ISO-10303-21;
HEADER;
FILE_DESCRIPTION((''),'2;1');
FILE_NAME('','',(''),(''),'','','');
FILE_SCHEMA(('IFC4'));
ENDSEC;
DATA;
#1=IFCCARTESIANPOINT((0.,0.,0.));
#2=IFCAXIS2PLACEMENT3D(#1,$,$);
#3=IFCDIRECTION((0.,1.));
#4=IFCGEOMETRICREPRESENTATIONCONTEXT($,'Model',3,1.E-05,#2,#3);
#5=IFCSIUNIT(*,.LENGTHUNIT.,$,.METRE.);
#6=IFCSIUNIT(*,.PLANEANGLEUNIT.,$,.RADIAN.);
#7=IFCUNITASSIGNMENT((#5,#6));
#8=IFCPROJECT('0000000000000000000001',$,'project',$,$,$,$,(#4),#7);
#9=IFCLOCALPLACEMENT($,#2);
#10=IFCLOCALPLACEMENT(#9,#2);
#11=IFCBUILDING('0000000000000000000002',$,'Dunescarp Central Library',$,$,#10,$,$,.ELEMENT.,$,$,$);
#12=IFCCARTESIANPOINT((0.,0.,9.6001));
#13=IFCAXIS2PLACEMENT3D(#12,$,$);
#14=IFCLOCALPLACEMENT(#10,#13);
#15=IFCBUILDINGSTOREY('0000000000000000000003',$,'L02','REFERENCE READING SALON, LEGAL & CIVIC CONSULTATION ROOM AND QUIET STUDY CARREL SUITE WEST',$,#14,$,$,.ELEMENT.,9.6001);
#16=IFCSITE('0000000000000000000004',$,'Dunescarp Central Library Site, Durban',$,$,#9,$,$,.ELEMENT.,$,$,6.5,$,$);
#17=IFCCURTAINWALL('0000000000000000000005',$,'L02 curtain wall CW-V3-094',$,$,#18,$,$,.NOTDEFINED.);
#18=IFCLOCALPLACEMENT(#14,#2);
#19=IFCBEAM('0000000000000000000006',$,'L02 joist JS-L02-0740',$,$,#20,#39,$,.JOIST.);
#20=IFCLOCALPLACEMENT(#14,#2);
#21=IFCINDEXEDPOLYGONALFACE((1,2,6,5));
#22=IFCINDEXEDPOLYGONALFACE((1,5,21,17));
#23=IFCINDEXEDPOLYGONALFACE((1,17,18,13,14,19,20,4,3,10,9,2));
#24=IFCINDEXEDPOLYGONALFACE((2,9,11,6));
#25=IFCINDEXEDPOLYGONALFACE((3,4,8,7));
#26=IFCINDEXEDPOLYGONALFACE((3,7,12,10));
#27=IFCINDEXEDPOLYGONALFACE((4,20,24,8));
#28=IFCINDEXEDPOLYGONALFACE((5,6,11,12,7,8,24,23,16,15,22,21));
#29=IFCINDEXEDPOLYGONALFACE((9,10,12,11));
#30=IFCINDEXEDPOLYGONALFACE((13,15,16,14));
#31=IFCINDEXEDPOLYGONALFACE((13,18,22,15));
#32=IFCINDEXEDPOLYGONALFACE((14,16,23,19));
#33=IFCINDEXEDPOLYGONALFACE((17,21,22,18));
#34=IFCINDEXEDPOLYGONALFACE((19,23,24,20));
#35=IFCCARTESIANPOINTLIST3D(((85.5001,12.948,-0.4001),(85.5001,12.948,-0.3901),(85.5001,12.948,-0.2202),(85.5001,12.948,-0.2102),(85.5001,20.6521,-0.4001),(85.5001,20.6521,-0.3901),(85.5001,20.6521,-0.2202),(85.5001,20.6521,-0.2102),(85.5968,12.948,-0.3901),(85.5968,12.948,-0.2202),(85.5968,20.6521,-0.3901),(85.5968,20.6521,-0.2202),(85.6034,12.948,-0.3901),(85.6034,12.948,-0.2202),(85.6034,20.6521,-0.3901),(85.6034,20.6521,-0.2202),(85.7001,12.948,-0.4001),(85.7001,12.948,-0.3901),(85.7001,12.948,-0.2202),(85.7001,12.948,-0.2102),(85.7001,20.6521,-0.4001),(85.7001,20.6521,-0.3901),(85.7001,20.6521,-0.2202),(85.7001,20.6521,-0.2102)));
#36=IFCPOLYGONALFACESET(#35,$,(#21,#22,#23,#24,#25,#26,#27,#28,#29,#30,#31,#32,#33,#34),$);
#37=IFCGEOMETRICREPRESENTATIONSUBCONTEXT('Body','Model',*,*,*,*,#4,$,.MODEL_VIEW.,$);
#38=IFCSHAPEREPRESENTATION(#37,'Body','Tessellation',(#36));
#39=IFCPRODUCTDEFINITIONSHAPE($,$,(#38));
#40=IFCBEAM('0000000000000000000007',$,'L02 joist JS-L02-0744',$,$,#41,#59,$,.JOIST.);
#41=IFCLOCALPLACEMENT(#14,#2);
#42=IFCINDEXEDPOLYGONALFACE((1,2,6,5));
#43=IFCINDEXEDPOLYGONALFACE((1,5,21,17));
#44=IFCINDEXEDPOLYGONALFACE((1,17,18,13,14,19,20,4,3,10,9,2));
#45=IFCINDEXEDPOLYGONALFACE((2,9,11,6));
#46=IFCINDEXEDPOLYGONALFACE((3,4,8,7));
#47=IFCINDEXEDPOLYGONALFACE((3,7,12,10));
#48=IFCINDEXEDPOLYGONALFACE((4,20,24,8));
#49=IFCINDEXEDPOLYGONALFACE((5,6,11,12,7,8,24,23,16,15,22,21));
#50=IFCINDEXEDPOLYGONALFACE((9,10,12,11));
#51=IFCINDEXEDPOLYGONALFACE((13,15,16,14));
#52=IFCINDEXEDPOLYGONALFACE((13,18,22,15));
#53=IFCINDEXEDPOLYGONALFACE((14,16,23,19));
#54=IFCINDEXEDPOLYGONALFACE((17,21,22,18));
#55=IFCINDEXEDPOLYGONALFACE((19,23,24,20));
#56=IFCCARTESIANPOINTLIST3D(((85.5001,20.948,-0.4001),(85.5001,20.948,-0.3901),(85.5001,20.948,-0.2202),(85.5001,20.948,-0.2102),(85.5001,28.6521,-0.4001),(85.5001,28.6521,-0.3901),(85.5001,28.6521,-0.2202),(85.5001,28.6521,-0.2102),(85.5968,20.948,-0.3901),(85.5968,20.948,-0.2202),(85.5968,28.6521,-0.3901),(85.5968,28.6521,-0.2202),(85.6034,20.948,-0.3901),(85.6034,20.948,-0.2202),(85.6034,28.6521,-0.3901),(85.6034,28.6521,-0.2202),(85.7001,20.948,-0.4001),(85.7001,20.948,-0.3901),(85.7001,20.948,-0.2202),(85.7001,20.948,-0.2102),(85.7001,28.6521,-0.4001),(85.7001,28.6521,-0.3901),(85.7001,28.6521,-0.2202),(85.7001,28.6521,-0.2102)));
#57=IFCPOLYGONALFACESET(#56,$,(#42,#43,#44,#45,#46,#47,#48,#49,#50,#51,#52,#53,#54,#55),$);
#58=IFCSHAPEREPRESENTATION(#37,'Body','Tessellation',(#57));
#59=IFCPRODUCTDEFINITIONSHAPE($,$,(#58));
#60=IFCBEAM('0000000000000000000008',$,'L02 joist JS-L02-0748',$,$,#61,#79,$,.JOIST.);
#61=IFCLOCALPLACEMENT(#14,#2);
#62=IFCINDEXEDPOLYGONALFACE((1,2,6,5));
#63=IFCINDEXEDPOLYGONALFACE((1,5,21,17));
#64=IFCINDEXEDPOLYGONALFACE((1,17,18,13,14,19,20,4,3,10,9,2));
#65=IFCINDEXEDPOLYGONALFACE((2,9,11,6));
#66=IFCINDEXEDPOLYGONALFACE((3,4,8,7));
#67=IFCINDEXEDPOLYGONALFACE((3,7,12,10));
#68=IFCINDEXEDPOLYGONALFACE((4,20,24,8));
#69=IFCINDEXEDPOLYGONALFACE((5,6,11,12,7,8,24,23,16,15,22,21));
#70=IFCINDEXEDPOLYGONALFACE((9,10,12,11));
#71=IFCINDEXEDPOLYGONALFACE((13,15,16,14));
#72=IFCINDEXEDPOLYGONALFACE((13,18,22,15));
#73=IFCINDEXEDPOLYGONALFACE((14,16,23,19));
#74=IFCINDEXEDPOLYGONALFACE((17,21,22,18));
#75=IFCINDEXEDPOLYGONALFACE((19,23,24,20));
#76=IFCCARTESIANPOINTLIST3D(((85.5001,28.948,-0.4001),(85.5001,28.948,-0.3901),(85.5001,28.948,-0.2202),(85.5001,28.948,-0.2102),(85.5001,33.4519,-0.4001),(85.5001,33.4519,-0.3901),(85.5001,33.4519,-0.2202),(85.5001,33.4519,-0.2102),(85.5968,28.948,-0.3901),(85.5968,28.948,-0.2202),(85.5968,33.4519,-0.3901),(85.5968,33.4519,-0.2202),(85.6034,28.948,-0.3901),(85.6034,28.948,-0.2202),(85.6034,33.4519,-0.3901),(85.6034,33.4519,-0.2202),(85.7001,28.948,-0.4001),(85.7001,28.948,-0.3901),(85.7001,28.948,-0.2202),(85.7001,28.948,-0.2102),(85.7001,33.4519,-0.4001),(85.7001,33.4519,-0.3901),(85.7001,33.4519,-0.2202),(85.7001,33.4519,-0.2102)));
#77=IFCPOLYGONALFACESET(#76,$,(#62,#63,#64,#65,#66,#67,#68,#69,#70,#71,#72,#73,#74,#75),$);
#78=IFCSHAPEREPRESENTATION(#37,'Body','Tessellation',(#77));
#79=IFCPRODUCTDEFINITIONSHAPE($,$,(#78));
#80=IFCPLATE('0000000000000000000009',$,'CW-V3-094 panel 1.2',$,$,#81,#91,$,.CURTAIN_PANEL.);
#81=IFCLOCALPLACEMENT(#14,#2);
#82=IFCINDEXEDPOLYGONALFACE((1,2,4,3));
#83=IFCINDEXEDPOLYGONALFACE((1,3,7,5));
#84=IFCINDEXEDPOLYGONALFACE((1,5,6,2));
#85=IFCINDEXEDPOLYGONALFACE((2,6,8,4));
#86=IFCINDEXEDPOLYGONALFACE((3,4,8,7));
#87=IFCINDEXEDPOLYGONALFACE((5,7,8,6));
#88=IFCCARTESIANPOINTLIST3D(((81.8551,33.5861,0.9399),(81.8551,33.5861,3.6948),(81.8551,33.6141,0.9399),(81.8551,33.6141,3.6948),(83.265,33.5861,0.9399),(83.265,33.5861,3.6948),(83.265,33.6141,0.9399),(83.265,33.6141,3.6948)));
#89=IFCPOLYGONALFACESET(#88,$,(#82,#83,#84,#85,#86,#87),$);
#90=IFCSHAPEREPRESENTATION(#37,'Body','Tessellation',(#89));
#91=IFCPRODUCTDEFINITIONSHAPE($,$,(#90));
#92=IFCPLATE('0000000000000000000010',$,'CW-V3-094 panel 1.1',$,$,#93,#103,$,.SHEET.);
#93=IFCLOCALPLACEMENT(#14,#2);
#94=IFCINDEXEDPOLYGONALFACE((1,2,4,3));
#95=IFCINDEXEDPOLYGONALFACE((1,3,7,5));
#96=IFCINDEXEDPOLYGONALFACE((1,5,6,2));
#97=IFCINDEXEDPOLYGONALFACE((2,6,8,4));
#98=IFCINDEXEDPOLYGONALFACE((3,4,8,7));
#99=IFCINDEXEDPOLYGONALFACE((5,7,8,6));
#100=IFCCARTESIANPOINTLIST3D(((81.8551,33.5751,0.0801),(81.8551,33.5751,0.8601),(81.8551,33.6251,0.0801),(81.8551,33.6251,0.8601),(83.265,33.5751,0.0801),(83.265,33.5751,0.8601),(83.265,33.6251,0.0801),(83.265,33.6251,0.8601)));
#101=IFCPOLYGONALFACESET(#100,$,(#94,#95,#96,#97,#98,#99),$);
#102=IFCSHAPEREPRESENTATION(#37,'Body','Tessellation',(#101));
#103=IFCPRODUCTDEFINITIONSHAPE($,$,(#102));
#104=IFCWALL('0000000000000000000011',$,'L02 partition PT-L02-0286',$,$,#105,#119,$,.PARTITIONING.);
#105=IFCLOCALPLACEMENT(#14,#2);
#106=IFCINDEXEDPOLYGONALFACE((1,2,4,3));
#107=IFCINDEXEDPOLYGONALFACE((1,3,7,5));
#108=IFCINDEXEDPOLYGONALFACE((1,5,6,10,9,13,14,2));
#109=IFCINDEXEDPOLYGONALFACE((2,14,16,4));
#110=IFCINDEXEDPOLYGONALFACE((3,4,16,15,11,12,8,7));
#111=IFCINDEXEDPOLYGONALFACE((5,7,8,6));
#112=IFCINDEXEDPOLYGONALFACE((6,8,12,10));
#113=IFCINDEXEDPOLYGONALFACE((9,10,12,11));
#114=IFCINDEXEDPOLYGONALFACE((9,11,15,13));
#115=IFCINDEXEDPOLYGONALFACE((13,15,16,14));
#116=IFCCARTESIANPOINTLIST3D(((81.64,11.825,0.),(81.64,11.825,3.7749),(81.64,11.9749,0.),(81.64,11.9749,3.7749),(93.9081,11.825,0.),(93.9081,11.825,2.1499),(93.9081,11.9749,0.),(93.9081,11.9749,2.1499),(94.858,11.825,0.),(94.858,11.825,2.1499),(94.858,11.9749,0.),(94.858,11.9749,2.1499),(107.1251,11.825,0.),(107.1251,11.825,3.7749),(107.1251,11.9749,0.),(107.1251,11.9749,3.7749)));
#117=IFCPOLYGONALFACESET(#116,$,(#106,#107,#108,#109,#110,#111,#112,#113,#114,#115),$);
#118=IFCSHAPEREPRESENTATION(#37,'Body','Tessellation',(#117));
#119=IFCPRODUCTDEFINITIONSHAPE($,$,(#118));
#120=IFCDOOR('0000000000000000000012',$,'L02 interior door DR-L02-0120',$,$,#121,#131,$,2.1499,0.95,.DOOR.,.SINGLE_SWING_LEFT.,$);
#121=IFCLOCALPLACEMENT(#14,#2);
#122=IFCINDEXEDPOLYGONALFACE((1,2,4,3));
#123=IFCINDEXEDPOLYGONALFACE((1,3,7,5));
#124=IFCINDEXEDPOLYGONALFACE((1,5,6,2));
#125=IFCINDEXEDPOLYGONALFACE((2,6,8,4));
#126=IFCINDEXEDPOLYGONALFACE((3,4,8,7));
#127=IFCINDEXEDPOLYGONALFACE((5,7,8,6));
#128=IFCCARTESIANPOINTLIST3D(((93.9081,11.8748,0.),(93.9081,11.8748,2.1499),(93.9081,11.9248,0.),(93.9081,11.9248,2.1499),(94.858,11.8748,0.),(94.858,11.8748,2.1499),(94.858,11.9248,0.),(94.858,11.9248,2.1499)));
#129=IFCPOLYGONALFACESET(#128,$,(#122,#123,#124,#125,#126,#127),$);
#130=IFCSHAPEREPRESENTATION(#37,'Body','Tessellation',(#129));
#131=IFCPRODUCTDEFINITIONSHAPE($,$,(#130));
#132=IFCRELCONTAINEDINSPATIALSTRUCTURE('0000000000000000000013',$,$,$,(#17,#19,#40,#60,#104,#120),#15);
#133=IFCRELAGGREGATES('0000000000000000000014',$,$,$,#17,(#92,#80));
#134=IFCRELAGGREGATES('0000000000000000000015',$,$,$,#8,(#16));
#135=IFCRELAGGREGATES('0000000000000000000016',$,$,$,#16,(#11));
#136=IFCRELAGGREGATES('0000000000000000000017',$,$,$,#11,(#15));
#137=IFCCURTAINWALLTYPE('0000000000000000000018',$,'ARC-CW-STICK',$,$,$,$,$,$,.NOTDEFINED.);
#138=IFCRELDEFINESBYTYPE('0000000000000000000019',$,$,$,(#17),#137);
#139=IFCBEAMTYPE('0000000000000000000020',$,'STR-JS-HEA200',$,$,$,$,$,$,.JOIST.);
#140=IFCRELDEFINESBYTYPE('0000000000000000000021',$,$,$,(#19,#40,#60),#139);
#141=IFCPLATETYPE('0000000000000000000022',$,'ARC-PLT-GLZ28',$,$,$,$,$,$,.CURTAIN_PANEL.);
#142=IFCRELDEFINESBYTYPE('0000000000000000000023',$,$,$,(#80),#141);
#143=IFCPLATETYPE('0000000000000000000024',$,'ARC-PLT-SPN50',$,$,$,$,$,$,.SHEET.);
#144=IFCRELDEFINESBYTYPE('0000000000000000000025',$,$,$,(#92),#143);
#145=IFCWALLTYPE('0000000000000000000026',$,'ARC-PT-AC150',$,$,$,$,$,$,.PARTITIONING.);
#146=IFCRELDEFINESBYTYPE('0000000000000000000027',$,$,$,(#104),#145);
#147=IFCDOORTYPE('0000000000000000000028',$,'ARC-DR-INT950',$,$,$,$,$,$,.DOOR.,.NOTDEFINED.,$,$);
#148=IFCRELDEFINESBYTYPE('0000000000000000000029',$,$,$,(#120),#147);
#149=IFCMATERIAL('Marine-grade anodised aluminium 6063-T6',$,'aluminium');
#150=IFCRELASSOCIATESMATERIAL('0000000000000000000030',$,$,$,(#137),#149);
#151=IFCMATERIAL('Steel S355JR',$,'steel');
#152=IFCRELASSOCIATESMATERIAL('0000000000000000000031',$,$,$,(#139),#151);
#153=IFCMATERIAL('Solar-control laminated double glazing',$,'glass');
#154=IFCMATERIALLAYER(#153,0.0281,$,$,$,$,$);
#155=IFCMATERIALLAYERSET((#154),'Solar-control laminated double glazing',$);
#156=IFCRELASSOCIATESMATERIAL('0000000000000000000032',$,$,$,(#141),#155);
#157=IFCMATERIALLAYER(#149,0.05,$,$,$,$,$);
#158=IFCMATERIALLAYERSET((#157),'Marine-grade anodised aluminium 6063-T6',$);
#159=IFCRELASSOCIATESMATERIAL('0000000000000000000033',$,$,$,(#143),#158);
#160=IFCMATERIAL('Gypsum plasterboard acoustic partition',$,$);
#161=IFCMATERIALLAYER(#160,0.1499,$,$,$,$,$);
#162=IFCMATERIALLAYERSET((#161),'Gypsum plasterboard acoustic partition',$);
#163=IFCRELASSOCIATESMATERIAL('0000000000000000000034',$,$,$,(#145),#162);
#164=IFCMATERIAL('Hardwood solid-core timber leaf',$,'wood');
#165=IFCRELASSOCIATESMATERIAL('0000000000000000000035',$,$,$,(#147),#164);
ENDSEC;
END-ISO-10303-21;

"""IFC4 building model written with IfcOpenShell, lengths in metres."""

from ifc_helpers import new_model, si_unit, direction, frame, frame_2d, origin, origin_2d, place, context, subcontext, project, spatial, rectangle, i_section, extrude, material, layer, layer_set, material_profile, profile_set, type_object, element, fill, aggregate, save


model = new_model("IFC4")

# Units and contexts
model_context = context("Model", 3, precision=1e-05, world=origin(), true_north=direction((0.0, 1.0)))
body_context = subcontext(model_context, "Body", "Model", "MODEL_VIEW")
ifc_project = project(units=[si_unit("LENGTHUNIT", "METRE"), si_unit("PLANEANGLEUNIT", "RADIAN")], contexts=[model_context])

# Site, building, storey
site_placement = place(None, origin())
site = spatial("IfcSite", under=ifc_project, at=site_placement, Name="Dunescarp Central Library Site, Durban", CompositionType="ELEMENT", RefElevation=6.5)
building_placement = place(site_placement, origin())
building = spatial("IfcBuilding", under=site, at=building_placement, Name="Dunescarp Central Library", CompositionType="ELEMENT")
storey_placement = place(building_placement, frame((0.0, 0.0, 9.6001)))
storey = spatial("IfcBuildingStorey", under=building, at=storey_placement, Name="L02", Description="REFERENCE READING SALON, LEGAL & CIVIC CONSULTATION ROOM AND QUIET STUDY CARREL SUITE WEST", CompositionType="ELEMENT", Elevation=9.6001)

# Shared definitions
ifc_material_1 = material(Name="Steel S355JR", Category="steel")

# Curtain wall
ifc_material_2 = material(Name="Marine-grade anodised aluminium 6063-T6", Category="aluminium")
curtain_wall_type = type_object("IfcCurtainWallType", Name="ARC-CW-STICK", PredefinedType="NOTDEFINED", material=ifc_material_2)
curtain_wall_placement = place(storey_placement, origin())
curtain_wall = element("IfcCurtainWall", 1, at=curtain_wall_placement, inside=storey, type_object=curtain_wall_type, Name="L02 curtain wall CW-V3-094", PredefinedType="NOTDEFINED")

# Beams
ifc_material_profile_1 = material_profile(ifc_material_1, i_section(OverallWidth=0.2, OverallDepth=0.1899, WebThickness=0.0066, FlangeThickness=0.01, at=origin_2d()), Name="HEA 200")
ifc_profile_set_1 = profile_set([ifc_material_profile_1], Name="Steel S355JR")
beam_type_1 = type_object("IfcBeamType", Name="STR-JS-HEA200", PredefinedType="JOIST", material=ifc_profile_set_1)
for number, where, z_axis, x_axis, name in (
    (2, (85.6001, 12.948, -0.3052), (0.0, 1.0, 0.0), (-1.0, 0.0, 0.0), "L02 joist JS-L02-0740"),
    (3, (85.6001, 20.948, -0.3052), (0.0, 1.0, 0.0), (-1.0, 0.0, 0.0), "L02 joist JS-L02-0744"),
):
    element("IfcBeam", number, at=place(storey_placement, frame(where, z_axis=z_axis, x_axis=x_axis)), inside=storey, type_object=beam_type_1, Name=name, PredefinedType="JOIST", context=body_context, shape_type="SweptSolid", body=[
        extrude(i_section(OverallWidth=0.2, OverallDepth=0.1899, WebThickness=0.0066, FlangeThickness=0.01, at=origin_2d()), origin(), (0.0, 0.0, 1.0), 7.7041),
    ])
beam_1_placement = place(storey_placement, frame((85.6001, 28.948, -0.3052), z_axis=(0.0, 1.0, 0.0), x_axis=(-1.0, 0.0, 0.0)))
element("IfcBeam", 4, at=beam_1_placement, inside=storey, type_object=beam_type_1, Name="L02 joist JS-L02-0748", PredefinedType="JOIST", context=body_context, shape_type="SweptSolid", body=[
    extrude(i_section(OverallWidth=0.2, OverallDepth=0.1899, WebThickness=0.0066, FlangeThickness=0.01, at=origin_2d()), origin(), (0.0, 0.0, 1.0), 4.5039),
])

# Plates
ifc_material_3 = material(Name="Solar-control laminated double glazing", Category="glass")
ifc_layer_1 = layer(ifc_material_3, 0.0281)
ifc_layer_set_1 = layer_set([ifc_layer_1], Name="Solar-control laminated double glazing")
plate_type_1 = type_object("IfcPlateType", Name="ARC-PLT-GLZ28", PredefinedType="CURTAIN_PANEL", material=ifc_layer_set_1)
plate_1_placement = place(storey_placement, frame((82.5601, 33.6001, 0.9399), z_axis=(0.0, 0.0, 1.0), x_axis=(1.0, 0.0, 0.0)))
plate_1 = element("IfcPlate", 5, at=plate_1_placement, type_object=plate_type_1, Name="CW-V3-094 panel 1.2", PredefinedType="CURTAIN_PANEL", context=body_context, shape_type="SweptSolid", body=[
    extrude(rectangle(XDim=1.4099, YDim=0.0281, at=origin_2d()), origin(), (0.0, 0.0, 1.0), 2.7549),
])
ifc_layer_2 = layer(ifc_material_2, 0.05)
ifc_layer_set_2 = layer_set([ifc_layer_2], Name="Marine-grade anodised aluminium 6063-T6")
plate_type_2 = type_object("IfcPlateType", Name="ARC-PLT-SPN50", PredefinedType="SHEET", material=ifc_layer_set_2)
plate_2_placement = place(storey_placement, frame((82.5601, 33.6001, 0.0801), z_axis=(0.0, 0.0, 1.0), x_axis=(1.0, 0.0, 0.0)))
plate_2 = element("IfcPlate", 6, at=plate_2_placement, type_object=plate_type_2, Name="CW-V3-094 panel 1.1", PredefinedType="SHEET", context=body_context, shape_type="SweptSolid", body=[
    extrude(rectangle(XDim=1.4099, YDim=0.05, at=origin_2d()), origin(), (0.0, 0.0, 1.0), 0.78),
])
aggregate(curtain_wall, [plate_2, plate_1])

# Wall, opening, door
ifc_material_4 = material(Name="Gypsum plasterboard acoustic partition")
ifc_layer_3 = layer(ifc_material_4, 0.1499)
ifc_layer_set_3 = layer_set([ifc_layer_3], Name="Gypsum plasterboard acoustic partition")
wall_type = type_object("IfcWallType", Name="ARC-PT-AC150", PredefinedType="PARTITIONING", material=ifc_layer_set_3)
wall_placement = place(storey_placement, frame((81.6399, 11.8999, 0.0), z_axis=(0.0, 0.0, 1.0), x_axis=(1.0, 0.0, 0.0)))
wall = element("IfcWall", 7, at=wall_placement, inside=storey, type_object=wall_type, Name="L02 partition PT-L02-0286", PredefinedType="PARTITIONING", context=body_context, shape_type="SweptSolid", body=[
    extrude(rectangle(XDim=25.4851, YDim=0.1499, at=frame_2d((12.7427, 0.0))), origin(), (0.0, 0.0, 1.0), 3.7749),
])
opening_placement = place(wall_placement, frame((12.2681, 0.0, 0.0)))
opening = element("IfcOpeningElement", 8, at=opening_placement, cuts=wall, PredefinedType="OPENING", context=body_context, shape_type="SweptSolid", body=[
    extrude(rectangle(XDim=0.95, YDim=2.1499, at=frame_2d((0.4751, 1.075))), frame((0.0, 0.085, 0.0), z_axis=(0.0, -1.0, 0.0), x_axis=(1.0, 0.0, 0.0)), (0.0, 0.0, 1.0), 0.1699),
])
ifc_material_5 = material(Name="Hardwood solid-core timber leaf", Category="wood")
door_type = type_object("IfcDoorType", Name="ARC-DR-INT950", OperationType="NOTDEFINED", PredefinedType="DOOR", material=ifc_material_5)
door_placement = place(opening_placement, origin())
door = element("IfcDoor", 9, at=door_placement, inside=storey, type_object=door_type, Name="L02 interior door DR-L02-0120", OperationType="SINGLE_SWING_LEFT", OverallHeight=2.1499, OverallWidth=0.95, PredefinedType="DOOR", context=body_context, shape_type="SweptSolid", body=[
    extrude(rectangle(XDim=0.95, YDim=2.1499, at=frame_2d((0.4751, 1.075))), frame((0.0, 0.0249, 0.0), z_axis=(0.0, -1.0, 0.0), x_axis=(1.0, 0.0, 0.0)), (0.0, 0.0, 1.0), 0.05),
])
fill(opening, door)

save(model, "model.ifc")
